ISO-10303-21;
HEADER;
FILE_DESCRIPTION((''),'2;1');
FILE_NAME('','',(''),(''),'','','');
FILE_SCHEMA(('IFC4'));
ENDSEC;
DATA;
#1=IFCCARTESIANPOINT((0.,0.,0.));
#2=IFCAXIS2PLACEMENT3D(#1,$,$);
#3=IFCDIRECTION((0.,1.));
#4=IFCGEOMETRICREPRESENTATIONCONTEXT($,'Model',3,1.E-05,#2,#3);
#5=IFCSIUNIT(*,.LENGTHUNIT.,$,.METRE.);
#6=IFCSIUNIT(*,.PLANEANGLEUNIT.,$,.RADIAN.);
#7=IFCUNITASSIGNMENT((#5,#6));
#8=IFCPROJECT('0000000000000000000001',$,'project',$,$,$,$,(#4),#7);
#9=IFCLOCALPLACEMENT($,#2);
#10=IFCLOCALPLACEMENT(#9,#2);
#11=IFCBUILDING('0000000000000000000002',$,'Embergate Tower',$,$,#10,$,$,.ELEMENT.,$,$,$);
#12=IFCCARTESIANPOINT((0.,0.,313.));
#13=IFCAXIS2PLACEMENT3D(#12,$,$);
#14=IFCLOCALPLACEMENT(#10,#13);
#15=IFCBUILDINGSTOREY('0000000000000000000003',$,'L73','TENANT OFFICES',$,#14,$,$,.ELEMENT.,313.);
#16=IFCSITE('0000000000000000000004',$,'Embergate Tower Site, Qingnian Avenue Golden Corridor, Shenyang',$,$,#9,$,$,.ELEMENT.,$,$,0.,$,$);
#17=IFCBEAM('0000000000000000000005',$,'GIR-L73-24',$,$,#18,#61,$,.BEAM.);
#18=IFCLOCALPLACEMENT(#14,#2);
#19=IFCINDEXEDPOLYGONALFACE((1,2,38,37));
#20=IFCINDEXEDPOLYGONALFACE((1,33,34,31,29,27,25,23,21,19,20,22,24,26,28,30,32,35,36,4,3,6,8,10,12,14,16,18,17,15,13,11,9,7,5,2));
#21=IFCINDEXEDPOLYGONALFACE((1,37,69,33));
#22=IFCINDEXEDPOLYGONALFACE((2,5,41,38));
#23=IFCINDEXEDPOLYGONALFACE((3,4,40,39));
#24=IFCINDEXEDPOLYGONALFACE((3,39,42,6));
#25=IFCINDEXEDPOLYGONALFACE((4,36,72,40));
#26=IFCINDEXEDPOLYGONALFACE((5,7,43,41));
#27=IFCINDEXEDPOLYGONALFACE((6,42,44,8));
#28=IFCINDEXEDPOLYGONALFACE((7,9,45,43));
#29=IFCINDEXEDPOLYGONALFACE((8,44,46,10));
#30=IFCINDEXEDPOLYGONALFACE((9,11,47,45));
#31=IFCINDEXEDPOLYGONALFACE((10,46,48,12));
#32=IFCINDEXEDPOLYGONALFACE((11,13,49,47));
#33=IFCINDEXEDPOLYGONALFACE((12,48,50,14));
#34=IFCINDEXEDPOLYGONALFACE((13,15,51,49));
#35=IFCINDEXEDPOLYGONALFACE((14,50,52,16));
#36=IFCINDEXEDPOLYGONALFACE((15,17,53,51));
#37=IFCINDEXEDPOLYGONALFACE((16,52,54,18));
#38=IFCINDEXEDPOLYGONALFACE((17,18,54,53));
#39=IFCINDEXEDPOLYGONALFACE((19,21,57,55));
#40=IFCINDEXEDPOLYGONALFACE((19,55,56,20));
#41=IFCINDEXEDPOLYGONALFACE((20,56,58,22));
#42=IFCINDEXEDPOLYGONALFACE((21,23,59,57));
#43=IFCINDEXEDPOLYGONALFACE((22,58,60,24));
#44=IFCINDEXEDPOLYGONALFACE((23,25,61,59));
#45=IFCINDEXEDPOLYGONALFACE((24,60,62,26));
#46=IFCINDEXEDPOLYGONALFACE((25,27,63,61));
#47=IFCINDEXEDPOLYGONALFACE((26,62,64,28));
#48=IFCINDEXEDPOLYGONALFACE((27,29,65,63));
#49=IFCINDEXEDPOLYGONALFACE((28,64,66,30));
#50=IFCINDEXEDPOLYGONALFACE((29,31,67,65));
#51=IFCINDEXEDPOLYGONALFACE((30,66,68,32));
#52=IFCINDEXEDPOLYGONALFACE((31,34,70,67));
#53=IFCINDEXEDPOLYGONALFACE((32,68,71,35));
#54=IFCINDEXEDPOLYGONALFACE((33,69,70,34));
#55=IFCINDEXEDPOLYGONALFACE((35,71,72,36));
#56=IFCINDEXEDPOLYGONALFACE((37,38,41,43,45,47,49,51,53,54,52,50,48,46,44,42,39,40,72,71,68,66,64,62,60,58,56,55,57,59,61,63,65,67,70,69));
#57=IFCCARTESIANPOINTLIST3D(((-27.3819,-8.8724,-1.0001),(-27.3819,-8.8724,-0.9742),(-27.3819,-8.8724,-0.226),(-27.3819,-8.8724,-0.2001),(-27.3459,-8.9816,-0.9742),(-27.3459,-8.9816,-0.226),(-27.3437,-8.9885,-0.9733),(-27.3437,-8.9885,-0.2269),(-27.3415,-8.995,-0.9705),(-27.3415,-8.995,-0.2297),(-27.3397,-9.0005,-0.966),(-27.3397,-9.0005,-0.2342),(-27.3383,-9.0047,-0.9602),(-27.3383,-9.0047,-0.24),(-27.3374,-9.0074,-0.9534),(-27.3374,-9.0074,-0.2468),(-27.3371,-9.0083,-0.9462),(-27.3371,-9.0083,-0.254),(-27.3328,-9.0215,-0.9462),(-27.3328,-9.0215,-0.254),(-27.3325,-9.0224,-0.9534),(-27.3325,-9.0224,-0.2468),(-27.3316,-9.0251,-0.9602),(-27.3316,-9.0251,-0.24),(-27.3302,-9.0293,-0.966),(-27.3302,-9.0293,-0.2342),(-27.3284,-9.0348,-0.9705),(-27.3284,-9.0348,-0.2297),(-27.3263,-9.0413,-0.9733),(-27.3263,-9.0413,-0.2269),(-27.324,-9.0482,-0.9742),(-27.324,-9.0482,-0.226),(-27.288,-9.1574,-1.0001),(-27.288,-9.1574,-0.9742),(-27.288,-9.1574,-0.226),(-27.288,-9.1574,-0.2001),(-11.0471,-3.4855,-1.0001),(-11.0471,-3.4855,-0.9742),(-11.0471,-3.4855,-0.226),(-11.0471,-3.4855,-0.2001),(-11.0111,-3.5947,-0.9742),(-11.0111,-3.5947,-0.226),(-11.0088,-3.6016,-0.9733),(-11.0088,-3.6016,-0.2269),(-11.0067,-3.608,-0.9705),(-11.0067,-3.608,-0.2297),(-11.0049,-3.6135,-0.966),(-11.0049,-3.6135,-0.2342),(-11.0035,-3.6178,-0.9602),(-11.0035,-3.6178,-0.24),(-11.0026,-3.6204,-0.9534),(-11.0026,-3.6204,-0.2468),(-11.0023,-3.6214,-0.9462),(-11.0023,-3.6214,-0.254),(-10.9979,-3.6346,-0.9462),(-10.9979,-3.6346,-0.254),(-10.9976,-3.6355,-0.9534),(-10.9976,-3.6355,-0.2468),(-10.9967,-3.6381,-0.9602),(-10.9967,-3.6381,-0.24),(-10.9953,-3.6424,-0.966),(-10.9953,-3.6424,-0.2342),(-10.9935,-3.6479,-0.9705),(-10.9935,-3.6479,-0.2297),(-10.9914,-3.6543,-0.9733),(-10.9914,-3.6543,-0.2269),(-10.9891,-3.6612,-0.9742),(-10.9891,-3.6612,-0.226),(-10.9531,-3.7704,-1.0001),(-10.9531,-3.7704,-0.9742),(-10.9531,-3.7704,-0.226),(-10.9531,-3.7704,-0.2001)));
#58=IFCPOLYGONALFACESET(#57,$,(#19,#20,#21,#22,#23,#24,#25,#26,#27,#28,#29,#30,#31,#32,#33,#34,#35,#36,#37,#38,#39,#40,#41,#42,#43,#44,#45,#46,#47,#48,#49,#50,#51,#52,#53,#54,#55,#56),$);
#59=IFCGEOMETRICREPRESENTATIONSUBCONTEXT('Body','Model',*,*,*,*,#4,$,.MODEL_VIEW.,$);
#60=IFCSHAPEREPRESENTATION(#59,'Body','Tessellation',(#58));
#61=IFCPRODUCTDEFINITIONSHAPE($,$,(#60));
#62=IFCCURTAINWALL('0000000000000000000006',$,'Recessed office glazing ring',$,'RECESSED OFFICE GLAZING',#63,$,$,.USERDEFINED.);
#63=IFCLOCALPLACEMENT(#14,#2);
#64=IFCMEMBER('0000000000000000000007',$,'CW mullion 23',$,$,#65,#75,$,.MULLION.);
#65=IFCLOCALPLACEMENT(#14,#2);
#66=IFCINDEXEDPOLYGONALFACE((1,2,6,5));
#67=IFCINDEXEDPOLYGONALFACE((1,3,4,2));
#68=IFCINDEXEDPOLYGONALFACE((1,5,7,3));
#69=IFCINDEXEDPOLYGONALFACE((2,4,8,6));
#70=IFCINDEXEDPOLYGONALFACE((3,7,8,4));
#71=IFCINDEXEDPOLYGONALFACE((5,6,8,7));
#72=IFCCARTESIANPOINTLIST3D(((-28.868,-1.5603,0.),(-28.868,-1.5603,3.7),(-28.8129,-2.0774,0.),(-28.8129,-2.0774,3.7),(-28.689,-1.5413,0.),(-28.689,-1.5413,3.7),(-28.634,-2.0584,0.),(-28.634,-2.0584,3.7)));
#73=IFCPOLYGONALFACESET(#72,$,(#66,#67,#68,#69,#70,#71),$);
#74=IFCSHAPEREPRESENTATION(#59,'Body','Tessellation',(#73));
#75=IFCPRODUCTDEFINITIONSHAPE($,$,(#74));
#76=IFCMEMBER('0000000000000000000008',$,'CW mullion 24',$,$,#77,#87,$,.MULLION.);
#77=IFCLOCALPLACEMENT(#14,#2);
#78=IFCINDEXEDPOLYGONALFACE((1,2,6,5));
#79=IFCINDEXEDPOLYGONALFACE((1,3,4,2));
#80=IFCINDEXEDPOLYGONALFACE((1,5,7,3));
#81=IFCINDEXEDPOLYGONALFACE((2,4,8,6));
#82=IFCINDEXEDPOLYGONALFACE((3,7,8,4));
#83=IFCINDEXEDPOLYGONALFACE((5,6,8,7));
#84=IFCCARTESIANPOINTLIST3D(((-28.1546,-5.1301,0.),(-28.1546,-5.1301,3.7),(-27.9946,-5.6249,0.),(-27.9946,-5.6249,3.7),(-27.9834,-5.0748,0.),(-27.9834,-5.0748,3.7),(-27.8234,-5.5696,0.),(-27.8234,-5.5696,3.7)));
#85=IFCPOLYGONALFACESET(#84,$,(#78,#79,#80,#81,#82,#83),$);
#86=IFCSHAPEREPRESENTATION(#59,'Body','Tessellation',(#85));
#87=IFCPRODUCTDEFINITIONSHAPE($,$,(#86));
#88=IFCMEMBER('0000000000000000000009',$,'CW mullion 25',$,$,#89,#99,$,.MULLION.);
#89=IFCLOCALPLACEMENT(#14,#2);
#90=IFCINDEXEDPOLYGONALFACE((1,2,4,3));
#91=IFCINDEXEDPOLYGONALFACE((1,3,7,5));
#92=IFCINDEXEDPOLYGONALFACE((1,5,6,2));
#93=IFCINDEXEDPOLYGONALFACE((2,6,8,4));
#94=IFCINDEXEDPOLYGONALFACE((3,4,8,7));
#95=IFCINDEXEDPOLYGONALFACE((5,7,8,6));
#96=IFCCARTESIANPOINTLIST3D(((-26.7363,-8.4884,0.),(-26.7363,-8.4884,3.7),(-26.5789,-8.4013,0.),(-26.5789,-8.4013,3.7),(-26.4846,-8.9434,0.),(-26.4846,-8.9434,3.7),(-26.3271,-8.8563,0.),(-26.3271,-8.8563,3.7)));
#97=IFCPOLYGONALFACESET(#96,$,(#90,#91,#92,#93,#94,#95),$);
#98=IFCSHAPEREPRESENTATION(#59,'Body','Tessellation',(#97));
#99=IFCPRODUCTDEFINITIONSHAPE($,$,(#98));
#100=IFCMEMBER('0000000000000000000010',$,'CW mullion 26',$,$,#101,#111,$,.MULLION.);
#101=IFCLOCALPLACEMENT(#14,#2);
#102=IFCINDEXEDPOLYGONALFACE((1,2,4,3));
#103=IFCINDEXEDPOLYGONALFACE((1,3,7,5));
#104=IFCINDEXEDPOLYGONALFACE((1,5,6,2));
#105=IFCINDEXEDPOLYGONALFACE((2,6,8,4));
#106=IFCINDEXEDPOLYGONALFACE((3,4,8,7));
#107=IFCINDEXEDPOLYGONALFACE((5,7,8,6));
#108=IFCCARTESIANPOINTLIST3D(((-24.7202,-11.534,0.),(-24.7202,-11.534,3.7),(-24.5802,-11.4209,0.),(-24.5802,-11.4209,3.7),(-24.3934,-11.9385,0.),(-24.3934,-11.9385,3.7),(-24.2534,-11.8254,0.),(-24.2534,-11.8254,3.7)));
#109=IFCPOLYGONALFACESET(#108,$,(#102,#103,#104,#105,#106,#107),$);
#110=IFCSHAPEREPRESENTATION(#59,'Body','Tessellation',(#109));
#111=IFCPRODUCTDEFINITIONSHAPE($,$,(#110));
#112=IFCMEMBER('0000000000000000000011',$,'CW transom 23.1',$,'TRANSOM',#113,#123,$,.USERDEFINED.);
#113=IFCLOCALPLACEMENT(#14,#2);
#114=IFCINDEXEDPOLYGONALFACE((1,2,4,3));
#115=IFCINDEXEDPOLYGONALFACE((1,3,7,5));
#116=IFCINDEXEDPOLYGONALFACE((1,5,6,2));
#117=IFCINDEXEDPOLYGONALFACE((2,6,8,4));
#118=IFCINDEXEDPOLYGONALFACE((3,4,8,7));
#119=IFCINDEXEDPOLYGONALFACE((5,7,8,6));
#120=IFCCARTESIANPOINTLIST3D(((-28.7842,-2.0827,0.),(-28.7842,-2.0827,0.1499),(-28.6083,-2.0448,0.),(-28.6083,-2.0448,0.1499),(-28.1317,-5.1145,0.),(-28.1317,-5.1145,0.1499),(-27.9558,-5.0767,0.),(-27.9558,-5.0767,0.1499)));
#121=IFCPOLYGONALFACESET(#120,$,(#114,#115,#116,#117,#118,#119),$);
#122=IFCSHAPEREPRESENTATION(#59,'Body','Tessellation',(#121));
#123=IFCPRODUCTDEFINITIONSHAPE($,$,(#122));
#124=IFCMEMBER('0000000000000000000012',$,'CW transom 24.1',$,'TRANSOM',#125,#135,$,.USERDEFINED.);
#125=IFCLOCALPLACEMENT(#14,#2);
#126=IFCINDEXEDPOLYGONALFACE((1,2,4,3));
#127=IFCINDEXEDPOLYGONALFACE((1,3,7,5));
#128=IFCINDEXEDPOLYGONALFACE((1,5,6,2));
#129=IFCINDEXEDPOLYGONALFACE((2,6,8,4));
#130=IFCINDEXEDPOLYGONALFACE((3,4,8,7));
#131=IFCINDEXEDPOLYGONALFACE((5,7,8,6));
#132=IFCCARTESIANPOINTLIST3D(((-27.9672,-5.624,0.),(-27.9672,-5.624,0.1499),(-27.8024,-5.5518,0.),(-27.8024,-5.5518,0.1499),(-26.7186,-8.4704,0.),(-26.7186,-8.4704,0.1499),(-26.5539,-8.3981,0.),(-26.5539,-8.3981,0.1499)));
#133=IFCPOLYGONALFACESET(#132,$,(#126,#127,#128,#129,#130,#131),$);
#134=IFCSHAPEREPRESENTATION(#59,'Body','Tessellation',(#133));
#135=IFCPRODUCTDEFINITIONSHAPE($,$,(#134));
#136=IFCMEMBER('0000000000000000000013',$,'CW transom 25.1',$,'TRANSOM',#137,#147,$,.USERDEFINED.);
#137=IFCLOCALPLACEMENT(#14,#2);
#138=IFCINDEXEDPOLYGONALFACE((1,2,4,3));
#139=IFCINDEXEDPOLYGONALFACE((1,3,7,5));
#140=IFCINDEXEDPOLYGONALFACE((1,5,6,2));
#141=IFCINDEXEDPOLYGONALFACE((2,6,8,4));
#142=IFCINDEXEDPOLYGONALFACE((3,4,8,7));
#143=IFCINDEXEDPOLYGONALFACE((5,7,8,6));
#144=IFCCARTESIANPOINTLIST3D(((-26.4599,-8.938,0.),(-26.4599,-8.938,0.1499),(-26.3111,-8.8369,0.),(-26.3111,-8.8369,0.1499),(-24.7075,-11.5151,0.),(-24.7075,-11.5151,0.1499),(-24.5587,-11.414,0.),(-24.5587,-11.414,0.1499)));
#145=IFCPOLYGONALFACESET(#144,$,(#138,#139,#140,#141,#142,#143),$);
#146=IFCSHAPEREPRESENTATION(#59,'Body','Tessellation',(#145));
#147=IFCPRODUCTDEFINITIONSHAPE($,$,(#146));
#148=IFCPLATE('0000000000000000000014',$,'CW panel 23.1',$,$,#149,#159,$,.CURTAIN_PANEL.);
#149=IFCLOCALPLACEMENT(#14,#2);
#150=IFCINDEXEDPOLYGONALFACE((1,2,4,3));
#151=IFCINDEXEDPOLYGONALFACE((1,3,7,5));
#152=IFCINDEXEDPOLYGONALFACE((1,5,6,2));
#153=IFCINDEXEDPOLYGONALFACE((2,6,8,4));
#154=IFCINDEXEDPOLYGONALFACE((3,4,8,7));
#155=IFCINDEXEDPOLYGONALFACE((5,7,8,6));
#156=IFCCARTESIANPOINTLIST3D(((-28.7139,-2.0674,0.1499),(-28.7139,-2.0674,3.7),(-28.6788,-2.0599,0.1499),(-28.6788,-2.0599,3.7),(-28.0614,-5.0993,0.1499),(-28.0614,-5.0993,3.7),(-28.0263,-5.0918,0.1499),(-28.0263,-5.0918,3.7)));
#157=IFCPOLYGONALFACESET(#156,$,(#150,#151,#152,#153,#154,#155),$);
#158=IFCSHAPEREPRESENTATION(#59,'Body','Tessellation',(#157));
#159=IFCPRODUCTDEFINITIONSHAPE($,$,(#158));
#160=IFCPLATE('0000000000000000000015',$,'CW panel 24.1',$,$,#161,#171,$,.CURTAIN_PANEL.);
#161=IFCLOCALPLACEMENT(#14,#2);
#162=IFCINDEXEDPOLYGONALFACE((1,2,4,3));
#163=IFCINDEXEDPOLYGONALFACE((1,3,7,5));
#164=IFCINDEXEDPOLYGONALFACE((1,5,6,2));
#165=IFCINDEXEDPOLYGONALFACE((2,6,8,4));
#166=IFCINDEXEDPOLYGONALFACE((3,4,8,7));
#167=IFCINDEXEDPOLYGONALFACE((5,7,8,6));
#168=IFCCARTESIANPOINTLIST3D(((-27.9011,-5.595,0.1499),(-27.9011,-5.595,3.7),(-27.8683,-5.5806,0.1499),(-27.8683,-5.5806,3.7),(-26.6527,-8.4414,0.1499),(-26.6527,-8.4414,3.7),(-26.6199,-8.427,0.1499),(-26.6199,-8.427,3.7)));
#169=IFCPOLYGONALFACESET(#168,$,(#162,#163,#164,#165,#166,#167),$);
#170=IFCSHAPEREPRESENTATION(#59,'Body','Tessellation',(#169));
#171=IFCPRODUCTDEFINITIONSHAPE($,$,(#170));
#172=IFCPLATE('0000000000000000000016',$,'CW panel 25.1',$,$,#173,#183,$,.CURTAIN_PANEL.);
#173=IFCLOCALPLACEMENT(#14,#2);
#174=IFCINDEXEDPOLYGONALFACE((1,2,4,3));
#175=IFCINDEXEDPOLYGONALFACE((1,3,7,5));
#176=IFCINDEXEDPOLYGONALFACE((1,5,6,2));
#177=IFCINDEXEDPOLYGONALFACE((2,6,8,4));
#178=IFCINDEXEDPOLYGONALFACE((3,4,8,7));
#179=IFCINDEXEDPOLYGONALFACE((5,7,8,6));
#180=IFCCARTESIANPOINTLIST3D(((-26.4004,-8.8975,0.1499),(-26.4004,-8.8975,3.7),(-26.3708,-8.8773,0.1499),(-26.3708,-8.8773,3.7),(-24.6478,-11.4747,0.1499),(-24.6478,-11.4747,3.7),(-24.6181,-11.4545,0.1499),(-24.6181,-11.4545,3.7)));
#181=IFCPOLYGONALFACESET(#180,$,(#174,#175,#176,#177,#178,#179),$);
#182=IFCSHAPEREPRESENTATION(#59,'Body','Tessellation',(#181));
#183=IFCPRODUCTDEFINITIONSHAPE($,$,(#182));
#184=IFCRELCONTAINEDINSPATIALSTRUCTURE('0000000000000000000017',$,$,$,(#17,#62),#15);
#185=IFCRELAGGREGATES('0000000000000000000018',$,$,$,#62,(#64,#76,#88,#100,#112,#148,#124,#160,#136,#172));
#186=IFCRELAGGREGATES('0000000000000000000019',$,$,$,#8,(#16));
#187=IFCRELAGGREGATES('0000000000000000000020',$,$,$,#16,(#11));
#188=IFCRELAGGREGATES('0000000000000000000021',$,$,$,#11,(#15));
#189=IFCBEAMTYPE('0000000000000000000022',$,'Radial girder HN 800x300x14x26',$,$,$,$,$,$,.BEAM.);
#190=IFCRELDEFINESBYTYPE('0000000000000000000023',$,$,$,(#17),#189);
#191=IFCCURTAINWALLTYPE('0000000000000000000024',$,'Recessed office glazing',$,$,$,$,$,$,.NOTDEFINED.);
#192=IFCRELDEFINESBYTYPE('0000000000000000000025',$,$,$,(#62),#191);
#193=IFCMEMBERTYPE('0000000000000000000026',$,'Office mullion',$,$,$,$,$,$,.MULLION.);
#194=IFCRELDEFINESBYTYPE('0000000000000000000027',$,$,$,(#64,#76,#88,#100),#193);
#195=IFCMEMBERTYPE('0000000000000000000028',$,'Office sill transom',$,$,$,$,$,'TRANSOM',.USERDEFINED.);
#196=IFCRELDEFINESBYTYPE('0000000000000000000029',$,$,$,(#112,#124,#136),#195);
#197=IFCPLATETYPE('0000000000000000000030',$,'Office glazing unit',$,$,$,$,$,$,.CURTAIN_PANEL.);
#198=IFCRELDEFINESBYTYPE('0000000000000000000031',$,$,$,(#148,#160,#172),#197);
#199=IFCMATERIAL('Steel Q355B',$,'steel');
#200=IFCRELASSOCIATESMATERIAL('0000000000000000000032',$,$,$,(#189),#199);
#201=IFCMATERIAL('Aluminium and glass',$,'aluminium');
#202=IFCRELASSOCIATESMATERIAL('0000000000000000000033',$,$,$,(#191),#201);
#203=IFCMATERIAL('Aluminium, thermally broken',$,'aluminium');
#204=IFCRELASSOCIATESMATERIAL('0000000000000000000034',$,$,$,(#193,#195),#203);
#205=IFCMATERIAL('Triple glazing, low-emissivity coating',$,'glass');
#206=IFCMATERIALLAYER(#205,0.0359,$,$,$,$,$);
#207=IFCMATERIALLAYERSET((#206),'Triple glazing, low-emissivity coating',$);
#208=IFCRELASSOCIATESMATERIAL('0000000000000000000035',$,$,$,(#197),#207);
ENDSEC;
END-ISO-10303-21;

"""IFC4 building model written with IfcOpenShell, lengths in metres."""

from ifc_helpers import new_model, si_unit, direction, frame, origin, origin_2d, place, context, subcontext, project, spatial, rectangle, i_section, extrude, source, transform, mapped, material, layer, layer_set, material_profile, profile_set, type_object, element, aggregate, save


model = new_model("IFC4")

# Units and contexts
model_context = context("Model", 3, precision=1e-05, world=origin(), true_north=direction((0.0, 1.0)))
body_context = subcontext(model_context, "Body", "Model", "MODEL_VIEW")
ifc_project = project(units=[si_unit("LENGTHUNIT", "METRE"), si_unit("PLANEANGLEUNIT", "RADIAN")], contexts=[model_context])

# Site, building, storey
site_placement = place(None, origin())
site = spatial("IfcSite", under=ifc_project, at=site_placement, Name="Embergate Tower Site, Qingnian Avenue Golden Corridor, Shenyang", CompositionType="ELEMENT", RefElevation=0.0)
building_placement = place(site_placement, origin())
building = spatial("IfcBuilding", under=site, at=building_placement, Name="Embergate Tower", CompositionType="ELEMENT")
storey_placement = place(building_placement, frame((0.0, 0.0, 313.0)))
storey = spatial("IfcBuildingStorey", under=building, at=storey_placement, Name="L73", Description="TENANT OFFICES", CompositionType="ELEMENT", Elevation=313.0)

# Beam
ifc_material_1 = material(Name="Steel Q355B", Category="steel")
ifc_material_profile_1 = material_profile(ifc_material_1, i_section(OverallWidth=0.3, OverallDepth=0.8, WebThickness=0.0139, FlangeThickness=0.0259, FilletRadius=0.0281, at=origin_2d()), Name="HN 800x300x14x26")
ifc_profile_set_1 = profile_set([ifc_material_profile_1], Name="Steel Q355 grade B")
beam_type_1 = type_object("IfcBeamType", Name="Radial girder HN 800x300x14x26", PredefinedType="BEAM", material=ifc_profile_set_1)
shared_shape_1 = source(origin(), body_context, "Body", "SweptSolid", [
    extrude(i_section(OverallWidth=0.3, OverallDepth=0.8, WebThickness=0.0139, FlangeThickness=0.0259, FilletRadius=0.0281, at=origin_2d()), origin(), (0.0, 0.0, 1.0), 17.2002),
])
beam_1_placement = place(storey_placement, frame((-27.335, -9.0149, -0.6001), z_axis=(0.94969, 0.31319, 0.0), x_axis=(-0.31319, 0.94969, 0.0)))
element("IfcBeam", 1, at=beam_1_placement, inside=storey, type_object=beam_type_1, Name="GIR-L73-24", PredefinedType="BEAM", context=body_context, shape_type="MappedRepresentation", body=[
    mapped(shared_shape_1, transform((0.0, 0.0, 0.0))),
])

# Curtain wall, members, plates
ifc_material_2 = material(Name="Aluminium and glass", Category="aluminium")
curtain_wall_type = type_object("IfcCurtainWallType", Name="Recessed office glazing", PredefinedType="NOTDEFINED", material=ifc_material_2)
curtain_wall_placement = place(storey_placement, origin())
curtain_wall = element("IfcCurtainWall", 2, at=curtain_wall_placement, inside=storey, type_object=curtain_wall_type, Name="Recessed office glazing ring", ObjectType="RECESSED OFFICE GLAZING", PredefinedType="USERDEFINED")
ifc_material_3 = material(Name="Aluminium, thermally broken", Category="aluminium")
ifc_material_profile_2 = material_profile(ifc_material_3, rectangle(XDim=0.1799, YDim=0.52, at=origin_2d()), Name="AL 520x180")
ifc_profile_set_2 = profile_set([ifc_material_profile_2], Name="Aluminium, thermally broken")
member_type_1 = type_object("IfcMemberType", Name="Office mullion", PredefinedType="MULLION", material=ifc_profile_set_2)
shared_shape_2 = source(origin(), body_context, "Body", "SweptSolid", [
    extrude(rectangle(XDim=0.1799, YDim=0.52, at=origin_2d()), origin(), (0.0, 0.0, 1.0), 3.7),
])
member_1_placement = place(storey_placement, frame((-28.751, -1.8093, 0.0), z_axis=(0.0, 0.0, 1.0), x_axis=(0.994384, 0.105832, 0.0)))
member_1 = element("IfcMember", 3, at=member_1_placement, type_object=member_type_1, Name="CW mullion 23", PredefinedType="MULLION", context=body_context, shape_type="MappedRepresentation", body=[
    mapped(shared_shape_2, transform((0.0, 0.0, 0.0))),
])
member_2_placement = place(storey_placement, frame((-27.989, -5.3499, 0.0), z_axis=(0.0, 0.0, 1.0), x_axis=(0.951492, 0.307674, 0.0)))
member_2 = element("IfcMember", 4, at=member_2_placement, type_object=member_type_1, Name="CW mullion 24", PredefinedType="MULLION", context=body_context, shape_type="MappedRepresentation", body=[
    mapped(shared_shape_2, transform((0.0, 0.0, 0.0))),
])
member_3_placement = place(storey_placement, frame((-26.5317, -8.6724, 0.0), z_axis=(0.0, 0.0, 1.0), x_axis=(0.874992, 0.484138, 0.0)))
member_3 = element("IfcMember", 5, at=member_3_placement, type_object=member_type_1, Name="CW mullion 25", PredefinedType="MULLION", context=body_context, shape_type="MappedRepresentation", body=[
    mapped(shared_shape_2, transform((0.0, 0.0, 0.0))),
])
member_4_placement = place(storey_placement, frame((-24.4868, -11.6797, 0.0), z_axis=(0.0, 0.0, 1.0), x_axis=(0.777862, 0.628436, 0.0)))
member_4 = element("IfcMember", 6, at=member_4_placement, type_object=member_type_1, Name="CW mullion 26", PredefinedType="MULLION", context=body_context, shape_type="MappedRepresentation", body=[
    mapped(shared_shape_2, transform((0.0, 0.0, 0.0))),
])
ifc_material_profile_3 = material_profile(ifc_material_3, rectangle(XDim=0.1799, YDim=0.1499, at=origin_2d()), Name="AL 150x180")
ifc_profile_set_3 = profile_set([ifc_material_profile_3], Name="Aluminium, thermally broken")
member_type_2 = type_object("IfcMemberType", Name="Office sill transom", ElementType="TRANSOM", PredefinedType="USERDEFINED", material=ifc_profile_set_3)
shared_shape_3 = source(origin(), body_context, "Body", "SweptSolid", [
    extrude(rectangle(XDim=0.1799, YDim=0.1499, at=origin_2d()), origin(), (0.0, 0.0, 1.0), 3.1013),
])
member_5_placement = place(storey_placement, frame((-28.6963, -2.0637, 0.075), z_axis=(0.210416, -0.977612, 0.0), x_axis=(0.977612, 0.210416, 0.0)))
member_5 = element("IfcMember", 7, at=member_5_placement, type_object=member_type_2, Name="CW transom 23.1", ObjectType="TRANSOM", PredefinedType="USERDEFINED", context=body_context, shape_type="MappedRepresentation", body=[
    mapped(shared_shape_3, transform((0.0, 0.0, 0.0))),
])
shared_shape_4 = source(origin(), body_context, "Body", "SweptSolid", [
    extrude(rectangle(XDim=0.1799, YDim=0.1499, at=origin_2d()), origin(), (0.0, 0.0, 1.0), 3.1082),
])
member_6_placement = place(storey_placement, frame((-27.8848, -5.5879, 0.075), z_axis=(0.401688, -0.915777, 0.0), x_axis=(0.915777, 0.401688, 0.0)))
member_6 = element("IfcMember", 8, at=member_6_placement, type_object=member_type_2, Name="CW transom 24.1", ObjectType="TRANSOM", PredefinedType="USERDEFINED", context=body_context, shape_type="MappedRepresentation", body=[
    mapped(shared_shape_4, transform((0.0, 0.0, 0.0))),
])
shared_shape_5 = source(origin(), body_context, "Body", "SweptSolid", [
    extrude(rectangle(XDim=0.1799, YDim=0.1499, at=origin_2d()), origin(), (0.0, 0.0, 1.0), 3.1165),
])
member_7_placement = place(storey_placement, frame((-26.3855, -8.8875, 0.075), z_axis=(0.562306, -0.826929, 0.0), x_axis=(0.826929, 0.562306, 0.0)))
member_7 = element("IfcMember", 9, at=member_7_placement, type_object=member_type_2, Name="CW transom 25.1", ObjectType="TRANSOM", PredefinedType="USERDEFINED", context=body_context, shape_type="MappedRepresentation", body=[
    mapped(shared_shape_5, transform((0.0, 0.0, 0.0))),
])
ifc_material_4 = material(Name="Triple glazing, low-emissivity coating", Category="glass")
ifc_layer_1 = layer(ifc_material_4, 0.0359)
ifc_layer_set_1 = layer_set([ifc_layer_1], Name="Triple glazing, low-emissivity coating")
plate_type = type_object("IfcPlateType", Name="Office glazing unit", PredefinedType="CURTAIN_PANEL", material=ifc_layer_set_1)
shared_shape_6 = source(origin(), body_context, "Body", "SweptSolid", [
    extrude(rectangle(XDim=3.1013, YDim=0.0359, at=origin_2d()), origin(), (0.0, 0.0, 1.0), 3.55),
])
plate_1_placement = place(storey_placement, frame((-28.3701, -3.5796, 0.1499), z_axis=(0.0, 0.0, 1.0), x_axis=(0.2104, -0.977615, 0.0)))
plate_1 = element("IfcPlate", 10, at=plate_1_placement, type_object=plate_type, Name="CW panel 23.1", PredefinedType="CURTAIN_PANEL", context=body_context, shape_type="MappedRepresentation", body=[
    mapped(shared_shape_6, transform((0.0, 0.0, 0.0))),
])
shared_shape_7 = source(origin(), body_context, "Body", "SweptSolid", [
    extrude(rectangle(XDim=3.1082, YDim=0.0359, at=origin_2d()), origin(), (0.0, 0.0, 1.0), 3.55),
])
plate_2_placement = place(storey_placement, frame((-27.2605, -7.011, 0.1499), z_axis=(0.0, 0.0, 1.0), x_axis=(0.401654, -0.915792, 0.0)))
plate_2 = element("IfcPlate", 11, at=plate_2_placement, type_object=plate_type, Name="CW panel 24.1", PredefinedType="CURTAIN_PANEL", context=body_context, shape_type="MappedRepresentation", body=[
    mapped(shared_shape_7, transform((0.0, 0.0, 0.0))),
])
shared_shape_8 = source(origin(), body_context, "Body", "SweptSolid", [
    extrude(rectangle(XDim=3.1167, YDim=0.0359, at=origin_2d()), origin(), (0.0, 0.0, 1.0), 3.55),
])
plate_3_placement = place(storey_placement, frame((-25.5093, -10.176, 0.1499), z_axis=(0.0, 0.0, 1.0), x_axis=(0.562343, -0.826904, 0.0)))
plate_3 = element("IfcPlate", 12, at=plate_3_placement, type_object=plate_type, Name="CW panel 25.1", PredefinedType="CURTAIN_PANEL", context=body_context, shape_type="MappedRepresentation", body=[
    mapped(shared_shape_8, transform((0.0, 0.0, 0.0))),
])
aggregate(curtain_wall, [member_1, member_2, member_3, member_4, member_5, plate_1, member_6, plate_2, member_7, plate_3])

save(model, "model.ifc")
